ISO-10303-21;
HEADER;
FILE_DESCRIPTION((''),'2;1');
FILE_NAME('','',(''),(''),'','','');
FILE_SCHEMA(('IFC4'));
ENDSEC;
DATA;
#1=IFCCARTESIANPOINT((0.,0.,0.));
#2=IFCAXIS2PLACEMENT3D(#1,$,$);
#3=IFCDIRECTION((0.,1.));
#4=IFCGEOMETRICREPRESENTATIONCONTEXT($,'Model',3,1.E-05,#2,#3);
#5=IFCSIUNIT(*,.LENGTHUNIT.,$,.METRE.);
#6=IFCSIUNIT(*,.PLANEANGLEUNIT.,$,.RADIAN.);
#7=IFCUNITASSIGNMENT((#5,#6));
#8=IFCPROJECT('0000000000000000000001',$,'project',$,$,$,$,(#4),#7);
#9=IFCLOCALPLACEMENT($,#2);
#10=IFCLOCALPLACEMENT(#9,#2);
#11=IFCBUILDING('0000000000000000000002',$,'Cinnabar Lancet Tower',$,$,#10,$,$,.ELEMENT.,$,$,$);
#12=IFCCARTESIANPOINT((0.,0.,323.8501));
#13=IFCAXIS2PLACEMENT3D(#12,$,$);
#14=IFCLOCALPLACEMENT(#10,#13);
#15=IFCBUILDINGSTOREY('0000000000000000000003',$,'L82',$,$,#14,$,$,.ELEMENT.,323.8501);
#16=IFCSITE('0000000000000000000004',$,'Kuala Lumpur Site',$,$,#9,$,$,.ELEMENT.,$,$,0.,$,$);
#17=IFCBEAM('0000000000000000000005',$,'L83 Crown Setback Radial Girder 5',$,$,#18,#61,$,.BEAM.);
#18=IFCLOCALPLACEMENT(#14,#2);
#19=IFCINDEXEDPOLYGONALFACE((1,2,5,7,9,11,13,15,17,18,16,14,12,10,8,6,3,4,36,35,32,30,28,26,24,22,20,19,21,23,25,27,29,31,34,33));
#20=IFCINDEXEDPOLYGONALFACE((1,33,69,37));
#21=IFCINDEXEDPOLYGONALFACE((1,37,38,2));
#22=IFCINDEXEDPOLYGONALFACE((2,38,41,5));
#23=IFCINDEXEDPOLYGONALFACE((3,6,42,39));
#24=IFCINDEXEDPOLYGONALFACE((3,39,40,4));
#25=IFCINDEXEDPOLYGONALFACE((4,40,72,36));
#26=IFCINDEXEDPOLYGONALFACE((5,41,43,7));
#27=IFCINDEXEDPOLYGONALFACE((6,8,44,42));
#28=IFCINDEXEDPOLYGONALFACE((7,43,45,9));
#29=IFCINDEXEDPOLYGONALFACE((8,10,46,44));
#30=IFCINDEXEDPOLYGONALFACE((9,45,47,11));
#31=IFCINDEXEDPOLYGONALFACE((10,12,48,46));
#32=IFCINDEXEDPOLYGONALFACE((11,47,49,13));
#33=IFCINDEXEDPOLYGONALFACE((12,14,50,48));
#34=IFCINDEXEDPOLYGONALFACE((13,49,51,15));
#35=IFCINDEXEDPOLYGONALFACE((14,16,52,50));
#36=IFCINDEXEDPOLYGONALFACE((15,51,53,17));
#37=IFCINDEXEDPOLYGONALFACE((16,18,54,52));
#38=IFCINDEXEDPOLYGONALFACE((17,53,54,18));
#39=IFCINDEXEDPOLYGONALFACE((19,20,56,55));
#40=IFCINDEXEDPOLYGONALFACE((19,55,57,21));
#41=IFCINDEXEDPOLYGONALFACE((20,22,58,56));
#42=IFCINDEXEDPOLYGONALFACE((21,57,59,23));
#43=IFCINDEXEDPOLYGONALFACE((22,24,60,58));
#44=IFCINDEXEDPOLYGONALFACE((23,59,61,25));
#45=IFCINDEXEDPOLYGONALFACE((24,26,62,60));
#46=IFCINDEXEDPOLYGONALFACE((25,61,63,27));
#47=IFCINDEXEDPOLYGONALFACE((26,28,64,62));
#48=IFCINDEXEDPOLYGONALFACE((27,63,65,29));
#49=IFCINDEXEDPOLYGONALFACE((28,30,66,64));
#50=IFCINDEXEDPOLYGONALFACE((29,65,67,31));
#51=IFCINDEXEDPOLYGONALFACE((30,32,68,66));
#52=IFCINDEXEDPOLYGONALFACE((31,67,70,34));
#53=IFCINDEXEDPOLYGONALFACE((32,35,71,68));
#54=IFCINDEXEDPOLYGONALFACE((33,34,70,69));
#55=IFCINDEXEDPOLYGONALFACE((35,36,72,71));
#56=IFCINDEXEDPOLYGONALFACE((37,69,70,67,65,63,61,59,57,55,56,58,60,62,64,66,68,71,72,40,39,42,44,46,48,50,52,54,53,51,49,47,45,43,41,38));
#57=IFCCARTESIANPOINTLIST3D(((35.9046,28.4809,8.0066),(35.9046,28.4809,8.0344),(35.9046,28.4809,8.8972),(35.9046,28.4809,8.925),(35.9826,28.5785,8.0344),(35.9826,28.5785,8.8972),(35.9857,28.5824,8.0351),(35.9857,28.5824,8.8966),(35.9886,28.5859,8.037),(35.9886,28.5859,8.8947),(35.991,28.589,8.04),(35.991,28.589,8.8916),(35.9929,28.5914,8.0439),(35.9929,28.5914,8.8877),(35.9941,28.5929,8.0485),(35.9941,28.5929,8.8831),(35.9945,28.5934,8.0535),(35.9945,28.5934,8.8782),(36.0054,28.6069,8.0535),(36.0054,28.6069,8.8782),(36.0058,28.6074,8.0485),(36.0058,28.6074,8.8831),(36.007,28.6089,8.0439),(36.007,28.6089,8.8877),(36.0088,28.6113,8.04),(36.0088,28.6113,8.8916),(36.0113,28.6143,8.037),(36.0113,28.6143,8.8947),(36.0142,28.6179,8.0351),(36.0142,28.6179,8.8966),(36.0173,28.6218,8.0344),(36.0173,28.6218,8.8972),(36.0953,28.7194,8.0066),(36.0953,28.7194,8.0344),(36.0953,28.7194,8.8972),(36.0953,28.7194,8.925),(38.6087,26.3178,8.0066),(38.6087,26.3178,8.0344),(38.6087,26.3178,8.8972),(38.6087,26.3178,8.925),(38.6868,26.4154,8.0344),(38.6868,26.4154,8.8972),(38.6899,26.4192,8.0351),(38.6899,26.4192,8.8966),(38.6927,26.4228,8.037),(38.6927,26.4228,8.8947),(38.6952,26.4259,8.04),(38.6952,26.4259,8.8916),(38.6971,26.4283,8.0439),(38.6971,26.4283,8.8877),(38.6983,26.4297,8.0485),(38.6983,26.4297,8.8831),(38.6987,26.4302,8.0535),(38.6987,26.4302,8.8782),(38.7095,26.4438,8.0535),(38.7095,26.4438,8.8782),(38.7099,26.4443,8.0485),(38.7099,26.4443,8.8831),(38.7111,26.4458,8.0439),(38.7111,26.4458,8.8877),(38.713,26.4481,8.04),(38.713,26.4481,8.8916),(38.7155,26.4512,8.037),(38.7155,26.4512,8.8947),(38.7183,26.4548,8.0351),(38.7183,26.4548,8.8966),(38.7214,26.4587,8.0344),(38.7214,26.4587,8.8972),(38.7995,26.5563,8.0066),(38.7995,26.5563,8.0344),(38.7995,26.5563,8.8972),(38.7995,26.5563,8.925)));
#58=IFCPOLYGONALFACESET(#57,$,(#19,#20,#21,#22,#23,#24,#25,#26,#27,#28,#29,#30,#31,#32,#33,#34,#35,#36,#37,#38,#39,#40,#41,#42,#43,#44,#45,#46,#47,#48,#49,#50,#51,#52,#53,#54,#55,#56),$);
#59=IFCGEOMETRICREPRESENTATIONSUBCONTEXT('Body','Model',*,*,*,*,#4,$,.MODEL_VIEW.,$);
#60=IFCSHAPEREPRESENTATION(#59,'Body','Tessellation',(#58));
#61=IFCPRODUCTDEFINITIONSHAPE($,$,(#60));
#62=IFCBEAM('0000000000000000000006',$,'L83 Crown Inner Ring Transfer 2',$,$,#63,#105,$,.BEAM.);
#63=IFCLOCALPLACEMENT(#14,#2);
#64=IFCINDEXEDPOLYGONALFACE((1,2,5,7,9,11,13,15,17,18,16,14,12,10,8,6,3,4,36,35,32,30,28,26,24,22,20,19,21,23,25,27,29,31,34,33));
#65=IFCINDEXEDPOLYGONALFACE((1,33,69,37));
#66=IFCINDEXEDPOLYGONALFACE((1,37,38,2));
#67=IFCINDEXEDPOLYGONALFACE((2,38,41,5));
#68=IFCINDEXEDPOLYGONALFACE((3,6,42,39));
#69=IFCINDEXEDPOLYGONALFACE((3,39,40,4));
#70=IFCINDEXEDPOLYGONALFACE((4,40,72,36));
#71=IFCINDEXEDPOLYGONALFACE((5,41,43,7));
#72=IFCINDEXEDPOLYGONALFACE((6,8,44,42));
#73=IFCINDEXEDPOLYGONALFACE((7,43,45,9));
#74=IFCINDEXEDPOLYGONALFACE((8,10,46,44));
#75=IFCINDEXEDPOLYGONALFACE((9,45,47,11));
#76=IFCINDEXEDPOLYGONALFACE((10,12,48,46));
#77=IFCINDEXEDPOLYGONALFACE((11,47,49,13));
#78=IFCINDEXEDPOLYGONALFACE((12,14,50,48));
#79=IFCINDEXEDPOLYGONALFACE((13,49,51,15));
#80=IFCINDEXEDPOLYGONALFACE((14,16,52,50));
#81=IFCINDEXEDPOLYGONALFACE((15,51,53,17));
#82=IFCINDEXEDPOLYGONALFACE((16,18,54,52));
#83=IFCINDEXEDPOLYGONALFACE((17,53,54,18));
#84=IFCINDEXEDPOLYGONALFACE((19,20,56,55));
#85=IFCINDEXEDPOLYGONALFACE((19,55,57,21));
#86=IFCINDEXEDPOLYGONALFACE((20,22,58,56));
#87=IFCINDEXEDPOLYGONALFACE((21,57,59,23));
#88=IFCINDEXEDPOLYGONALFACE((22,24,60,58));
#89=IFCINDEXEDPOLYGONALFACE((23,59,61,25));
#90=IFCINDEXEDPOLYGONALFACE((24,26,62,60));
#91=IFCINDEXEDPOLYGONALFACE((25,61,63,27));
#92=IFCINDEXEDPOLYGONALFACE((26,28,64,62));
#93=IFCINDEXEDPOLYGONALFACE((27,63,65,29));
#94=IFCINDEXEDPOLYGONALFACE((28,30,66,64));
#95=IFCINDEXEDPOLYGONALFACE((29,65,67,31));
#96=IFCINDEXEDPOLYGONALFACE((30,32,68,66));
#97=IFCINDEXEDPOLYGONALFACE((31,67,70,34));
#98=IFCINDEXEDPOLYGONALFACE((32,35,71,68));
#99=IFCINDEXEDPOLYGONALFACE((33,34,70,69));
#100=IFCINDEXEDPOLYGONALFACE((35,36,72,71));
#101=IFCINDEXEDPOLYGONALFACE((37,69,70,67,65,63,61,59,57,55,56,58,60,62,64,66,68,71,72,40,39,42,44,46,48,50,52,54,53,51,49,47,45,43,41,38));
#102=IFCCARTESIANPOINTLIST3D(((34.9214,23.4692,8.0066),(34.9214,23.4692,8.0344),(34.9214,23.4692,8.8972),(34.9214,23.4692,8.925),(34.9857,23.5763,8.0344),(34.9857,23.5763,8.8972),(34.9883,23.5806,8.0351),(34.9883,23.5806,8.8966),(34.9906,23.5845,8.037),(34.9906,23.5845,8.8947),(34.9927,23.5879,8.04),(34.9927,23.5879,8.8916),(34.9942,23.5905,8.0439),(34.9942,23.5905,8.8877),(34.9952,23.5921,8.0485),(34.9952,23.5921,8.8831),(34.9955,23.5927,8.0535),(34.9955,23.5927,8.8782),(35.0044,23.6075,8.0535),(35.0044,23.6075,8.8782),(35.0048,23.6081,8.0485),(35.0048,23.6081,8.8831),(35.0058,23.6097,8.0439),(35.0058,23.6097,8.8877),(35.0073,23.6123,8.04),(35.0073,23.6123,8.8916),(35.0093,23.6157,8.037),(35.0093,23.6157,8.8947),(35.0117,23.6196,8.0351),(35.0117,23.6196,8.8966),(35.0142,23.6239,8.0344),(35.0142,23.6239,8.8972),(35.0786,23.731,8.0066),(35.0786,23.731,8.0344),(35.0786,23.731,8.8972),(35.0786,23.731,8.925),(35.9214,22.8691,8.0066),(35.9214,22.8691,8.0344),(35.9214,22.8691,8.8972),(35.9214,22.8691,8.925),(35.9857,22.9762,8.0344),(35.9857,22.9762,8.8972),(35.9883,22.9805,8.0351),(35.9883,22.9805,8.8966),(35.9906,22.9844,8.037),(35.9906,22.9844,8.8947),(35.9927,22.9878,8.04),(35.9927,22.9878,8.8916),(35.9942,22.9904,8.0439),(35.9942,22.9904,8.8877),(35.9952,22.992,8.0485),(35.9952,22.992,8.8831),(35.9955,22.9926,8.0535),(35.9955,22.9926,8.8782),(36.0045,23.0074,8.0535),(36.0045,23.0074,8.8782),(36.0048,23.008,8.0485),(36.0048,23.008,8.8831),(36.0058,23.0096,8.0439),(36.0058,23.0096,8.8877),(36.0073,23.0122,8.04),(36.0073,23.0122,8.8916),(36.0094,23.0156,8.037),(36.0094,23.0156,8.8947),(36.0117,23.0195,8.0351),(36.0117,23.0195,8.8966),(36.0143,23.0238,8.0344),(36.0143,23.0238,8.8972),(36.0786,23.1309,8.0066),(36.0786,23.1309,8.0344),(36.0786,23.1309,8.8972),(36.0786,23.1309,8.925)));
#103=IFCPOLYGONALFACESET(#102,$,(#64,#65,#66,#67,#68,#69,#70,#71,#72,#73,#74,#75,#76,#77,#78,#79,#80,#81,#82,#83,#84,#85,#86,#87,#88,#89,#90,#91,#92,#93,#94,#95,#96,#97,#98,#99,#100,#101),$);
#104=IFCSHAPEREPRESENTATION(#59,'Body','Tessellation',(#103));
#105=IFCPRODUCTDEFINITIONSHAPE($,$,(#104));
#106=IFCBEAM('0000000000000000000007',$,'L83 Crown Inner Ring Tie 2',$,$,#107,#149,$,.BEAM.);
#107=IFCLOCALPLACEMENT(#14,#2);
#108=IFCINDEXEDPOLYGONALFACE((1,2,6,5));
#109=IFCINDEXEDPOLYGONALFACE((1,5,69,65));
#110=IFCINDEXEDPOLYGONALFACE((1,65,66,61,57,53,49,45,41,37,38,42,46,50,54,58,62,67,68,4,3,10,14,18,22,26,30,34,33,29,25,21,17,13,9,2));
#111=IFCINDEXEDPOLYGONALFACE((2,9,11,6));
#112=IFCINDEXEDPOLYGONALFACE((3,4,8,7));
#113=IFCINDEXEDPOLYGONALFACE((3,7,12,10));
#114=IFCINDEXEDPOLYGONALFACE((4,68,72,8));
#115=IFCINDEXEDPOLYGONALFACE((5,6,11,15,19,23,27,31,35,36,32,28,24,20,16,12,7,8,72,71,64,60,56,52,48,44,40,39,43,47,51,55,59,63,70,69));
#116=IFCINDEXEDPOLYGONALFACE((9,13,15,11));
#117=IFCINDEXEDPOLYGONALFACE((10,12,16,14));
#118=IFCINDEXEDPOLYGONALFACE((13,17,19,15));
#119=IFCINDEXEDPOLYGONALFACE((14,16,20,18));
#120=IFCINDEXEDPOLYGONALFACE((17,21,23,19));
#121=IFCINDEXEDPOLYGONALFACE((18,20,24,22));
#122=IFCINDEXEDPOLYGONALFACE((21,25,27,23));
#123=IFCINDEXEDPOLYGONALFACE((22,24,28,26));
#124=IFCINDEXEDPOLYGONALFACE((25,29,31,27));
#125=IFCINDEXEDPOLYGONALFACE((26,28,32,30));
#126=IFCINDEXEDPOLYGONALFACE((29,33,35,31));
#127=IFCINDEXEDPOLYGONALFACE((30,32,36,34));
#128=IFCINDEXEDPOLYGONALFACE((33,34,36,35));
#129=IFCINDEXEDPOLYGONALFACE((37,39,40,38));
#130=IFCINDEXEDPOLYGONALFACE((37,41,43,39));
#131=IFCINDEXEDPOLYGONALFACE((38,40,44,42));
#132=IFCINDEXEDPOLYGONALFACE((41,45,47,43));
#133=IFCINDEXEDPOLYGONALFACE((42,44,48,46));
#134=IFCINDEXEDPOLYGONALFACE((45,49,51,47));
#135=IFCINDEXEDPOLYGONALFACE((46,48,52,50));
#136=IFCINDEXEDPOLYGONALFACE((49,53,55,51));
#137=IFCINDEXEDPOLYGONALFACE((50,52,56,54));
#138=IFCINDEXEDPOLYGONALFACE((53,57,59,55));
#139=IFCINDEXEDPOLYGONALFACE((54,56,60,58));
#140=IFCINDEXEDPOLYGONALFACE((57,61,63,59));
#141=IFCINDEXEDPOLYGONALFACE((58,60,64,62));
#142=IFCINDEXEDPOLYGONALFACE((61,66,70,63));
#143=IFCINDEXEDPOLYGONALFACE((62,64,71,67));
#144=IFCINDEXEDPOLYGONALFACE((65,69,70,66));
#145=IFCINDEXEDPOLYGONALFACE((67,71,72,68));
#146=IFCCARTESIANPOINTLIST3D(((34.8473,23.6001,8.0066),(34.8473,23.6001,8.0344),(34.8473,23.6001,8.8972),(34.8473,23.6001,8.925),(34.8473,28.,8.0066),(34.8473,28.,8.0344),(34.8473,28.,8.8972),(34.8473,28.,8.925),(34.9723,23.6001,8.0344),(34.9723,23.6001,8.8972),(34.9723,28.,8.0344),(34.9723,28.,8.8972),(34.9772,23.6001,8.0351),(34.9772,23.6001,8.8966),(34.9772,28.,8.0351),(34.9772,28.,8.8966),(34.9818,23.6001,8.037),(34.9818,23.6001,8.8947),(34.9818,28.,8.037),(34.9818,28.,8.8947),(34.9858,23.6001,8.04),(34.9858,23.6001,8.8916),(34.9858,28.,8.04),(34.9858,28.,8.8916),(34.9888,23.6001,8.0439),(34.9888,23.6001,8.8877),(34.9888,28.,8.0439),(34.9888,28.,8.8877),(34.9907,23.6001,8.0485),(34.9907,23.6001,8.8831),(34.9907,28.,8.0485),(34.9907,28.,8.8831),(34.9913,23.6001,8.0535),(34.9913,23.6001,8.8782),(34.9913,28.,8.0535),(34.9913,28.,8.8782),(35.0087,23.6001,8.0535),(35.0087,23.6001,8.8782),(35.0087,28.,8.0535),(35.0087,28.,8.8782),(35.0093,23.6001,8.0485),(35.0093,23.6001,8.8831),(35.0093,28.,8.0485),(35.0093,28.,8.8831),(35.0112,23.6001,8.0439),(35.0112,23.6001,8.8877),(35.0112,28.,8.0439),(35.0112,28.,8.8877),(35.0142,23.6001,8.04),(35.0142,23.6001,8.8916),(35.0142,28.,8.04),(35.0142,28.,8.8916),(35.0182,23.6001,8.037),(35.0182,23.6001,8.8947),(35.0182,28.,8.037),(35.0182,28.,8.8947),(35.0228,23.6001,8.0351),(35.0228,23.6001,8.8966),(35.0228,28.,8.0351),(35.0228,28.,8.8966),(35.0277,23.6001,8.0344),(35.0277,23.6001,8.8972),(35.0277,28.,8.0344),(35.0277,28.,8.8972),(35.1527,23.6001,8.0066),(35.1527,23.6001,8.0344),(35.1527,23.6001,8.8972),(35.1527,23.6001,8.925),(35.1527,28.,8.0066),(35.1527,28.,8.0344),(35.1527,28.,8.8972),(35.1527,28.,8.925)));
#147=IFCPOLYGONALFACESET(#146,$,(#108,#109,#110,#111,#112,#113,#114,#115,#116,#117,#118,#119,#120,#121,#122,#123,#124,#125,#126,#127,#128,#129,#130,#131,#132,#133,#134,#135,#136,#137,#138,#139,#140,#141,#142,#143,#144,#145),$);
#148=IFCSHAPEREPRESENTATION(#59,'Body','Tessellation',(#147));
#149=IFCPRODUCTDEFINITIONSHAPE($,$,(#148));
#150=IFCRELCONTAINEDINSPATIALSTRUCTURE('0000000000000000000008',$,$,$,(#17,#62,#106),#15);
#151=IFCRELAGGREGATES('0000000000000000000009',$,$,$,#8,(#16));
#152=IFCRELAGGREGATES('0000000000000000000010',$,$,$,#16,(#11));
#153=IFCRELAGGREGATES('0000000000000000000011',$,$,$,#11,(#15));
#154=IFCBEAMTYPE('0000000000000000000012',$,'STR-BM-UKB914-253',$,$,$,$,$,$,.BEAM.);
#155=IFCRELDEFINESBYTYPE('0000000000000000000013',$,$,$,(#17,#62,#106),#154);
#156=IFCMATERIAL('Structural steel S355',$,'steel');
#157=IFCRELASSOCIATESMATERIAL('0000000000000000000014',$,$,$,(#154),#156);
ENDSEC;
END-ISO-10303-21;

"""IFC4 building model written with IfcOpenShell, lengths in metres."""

from ifc_helpers import new_model, si_unit, direction, frame, origin, origin_2d, place, context, subcontext, project, spatial, i_section, extrude, material, material_profile, profile_set, type_object, element, save


model = new_model("IFC4")

# Units and contexts
model_context = context("Model", 3, precision=1e-05, world=origin(), true_north=direction((0.0, 1.0)))
body_context = subcontext(model_context, "Body", "Model", "MODEL_VIEW")
ifc_project = project(units=[si_unit("LENGTHUNIT", "METRE"), si_unit("PLANEANGLEUNIT", "RADIAN")], contexts=[model_context])

# Site, building, storey
site_placement = place(None, origin())
site = spatial("IfcSite", under=ifc_project, at=site_placement, Name="Kuala Lumpur Site", CompositionType="ELEMENT", RefElevation=0.0)
building_placement = place(site_placement, origin())
building = spatial("IfcBuilding", under=site, at=building_placement, Name="Cinnabar Lancet Tower", CompositionType="ELEMENT")
storey_placement = place(building_placement, frame((0.0, 0.0, 323.8501)))
storey = spatial("IfcBuildingStorey", under=building, at=storey_placement, Name="L82", CompositionType="ELEMENT", Elevation=323.8501)

# Beams
ifc_material_1 = material(Name="Structural steel S355", Category="steel")
ifc_material_profile_1 = material_profile(ifc_material_1, i_section(OverallWidth=0.3054, OverallDepth=0.9185, WebThickness=0.0173, FlangeThickness=0.0278, FilletRadius=0.019, at=origin_2d()), Name="UKB 914x305x253")
ifc_profile_set_1 = profile_set([ifc_material_profile_1], Name="Structural steel S355")
beam_type = type_object("IfcBeamType", Name="STR-BM-UKB914-253", PredefinedType="BEAM", material=ifc_profile_set_1)
for number, where, z_axis, x_axis, name in (
    (1, (38.7041, 26.437, 8.4658), (-0.780896, 0.624661, 0.0), (-0.624661, -0.780896, 0.0), "L83 Crown Setback Radial Girder 5"),
):
    element("IfcBeam", number, at=place(storey_placement, frame(where, z_axis=z_axis, x_axis=x_axis)), inside=storey, type_object=beam_type, Name=name, PredefinedType="BEAM", context=body_context, shape_type="SweptSolid", body=[
        extrude(i_section(OverallWidth=0.3054, OverallDepth=0.9185, WebThickness=0.0173, FlangeThickness=0.0278, FilletRadius=0.019, at=origin_2d()), origin(), (0.0, 0.0, 1.0), 3.4629),
    ])
beam_1_placement = place(storey_placement, frame((36.0, 23.0, 8.4658), z_axis=(-0.857456, 0.514557, 0.0), x_axis=(-0.514557, -0.857456, 0.0)))
element("IfcBeam", 2, at=beam_1_placement, inside=storey, type_object=beam_type, Name="L83 Crown Inner Ring Transfer 2", PredefinedType="BEAM", context=body_context, shape_type="SweptSolid", body=[
    extrude(i_section(OverallWidth=0.3054, OverallDepth=0.9185, WebThickness=0.0173, FlangeThickness=0.0278, FilletRadius=0.019, at=origin_2d()), origin(), (0.0, 0.0, 1.0), 1.1663),
])
beam_2_placement = place(storey_placement, frame((35.0, 23.6001, 8.4658), z_axis=(0.0, 1.0, 0.0), x_axis=(-1.0, 0.0, 0.0)))
element("IfcBeam", 3, at=beam_2_placement, inside=storey, type_object=beam_type, Name="L83 Crown Inner Ring Tie 2", PredefinedType="BEAM", context=body_context, shape_type="SweptSolid", body=[
    extrude(i_section(OverallWidth=0.3054, OverallDepth=0.9185, WebThickness=0.0173, FlangeThickness=0.0278, FilletRadius=0.019, at=origin_2d()), origin(), (0.0, 0.0, 1.0), 4.3999),
])

save(model, "model.ifc")
